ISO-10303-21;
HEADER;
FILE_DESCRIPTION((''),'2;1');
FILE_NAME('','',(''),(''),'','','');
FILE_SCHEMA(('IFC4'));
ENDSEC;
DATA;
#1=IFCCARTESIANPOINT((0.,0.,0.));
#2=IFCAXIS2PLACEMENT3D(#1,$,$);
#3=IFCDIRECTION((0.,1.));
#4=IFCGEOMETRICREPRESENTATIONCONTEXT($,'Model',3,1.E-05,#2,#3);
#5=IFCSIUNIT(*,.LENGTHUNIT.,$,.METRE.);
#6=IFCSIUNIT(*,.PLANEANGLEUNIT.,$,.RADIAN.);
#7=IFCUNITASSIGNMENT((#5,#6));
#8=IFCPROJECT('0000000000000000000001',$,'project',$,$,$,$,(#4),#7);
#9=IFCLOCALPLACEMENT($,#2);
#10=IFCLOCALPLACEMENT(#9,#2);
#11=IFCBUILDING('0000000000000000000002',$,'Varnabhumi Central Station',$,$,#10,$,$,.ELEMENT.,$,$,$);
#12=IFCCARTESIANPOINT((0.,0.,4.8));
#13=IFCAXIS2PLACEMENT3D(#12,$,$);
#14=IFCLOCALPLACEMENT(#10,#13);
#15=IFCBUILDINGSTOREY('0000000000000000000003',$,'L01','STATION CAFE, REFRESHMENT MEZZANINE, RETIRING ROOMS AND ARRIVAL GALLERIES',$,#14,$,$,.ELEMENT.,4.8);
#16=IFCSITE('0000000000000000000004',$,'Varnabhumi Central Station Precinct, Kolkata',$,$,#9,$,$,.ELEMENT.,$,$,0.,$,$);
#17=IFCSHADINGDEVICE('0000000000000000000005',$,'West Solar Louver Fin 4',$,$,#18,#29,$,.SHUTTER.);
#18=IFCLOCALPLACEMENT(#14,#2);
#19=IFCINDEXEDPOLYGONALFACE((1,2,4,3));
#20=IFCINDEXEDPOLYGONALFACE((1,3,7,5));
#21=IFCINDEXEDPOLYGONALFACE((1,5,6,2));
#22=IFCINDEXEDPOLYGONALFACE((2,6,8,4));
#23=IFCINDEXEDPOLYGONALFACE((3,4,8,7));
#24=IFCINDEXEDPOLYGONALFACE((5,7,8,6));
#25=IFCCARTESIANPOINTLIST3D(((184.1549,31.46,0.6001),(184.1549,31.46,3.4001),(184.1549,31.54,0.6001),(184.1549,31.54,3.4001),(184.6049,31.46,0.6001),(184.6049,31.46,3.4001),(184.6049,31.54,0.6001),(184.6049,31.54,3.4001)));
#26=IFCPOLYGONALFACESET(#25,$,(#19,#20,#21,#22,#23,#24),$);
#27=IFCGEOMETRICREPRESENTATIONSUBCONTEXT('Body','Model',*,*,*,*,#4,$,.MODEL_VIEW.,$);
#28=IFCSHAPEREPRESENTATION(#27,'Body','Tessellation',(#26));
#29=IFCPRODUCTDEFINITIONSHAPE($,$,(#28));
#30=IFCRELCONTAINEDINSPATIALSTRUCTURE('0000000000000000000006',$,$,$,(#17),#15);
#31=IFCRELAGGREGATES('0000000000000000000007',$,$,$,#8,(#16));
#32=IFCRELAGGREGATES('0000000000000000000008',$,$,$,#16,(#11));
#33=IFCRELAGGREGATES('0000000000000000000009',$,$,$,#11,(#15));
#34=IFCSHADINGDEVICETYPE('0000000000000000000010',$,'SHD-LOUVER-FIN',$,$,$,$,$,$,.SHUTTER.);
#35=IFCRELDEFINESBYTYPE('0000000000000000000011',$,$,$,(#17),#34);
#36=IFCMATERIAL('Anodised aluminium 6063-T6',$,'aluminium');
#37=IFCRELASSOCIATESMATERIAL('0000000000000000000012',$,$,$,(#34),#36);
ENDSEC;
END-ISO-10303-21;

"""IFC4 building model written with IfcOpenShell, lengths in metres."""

from ifc_helpers import new_model, si_unit, direction, frame, origin, origin_2d, place, context, subcontext, project, spatial, rectangle, extrude, material, type_object, element, save


model = new_model("IFC4")

# Units and contexts
model_context = context("Model", 3, precision=1e-05, world=origin(), true_north=direction((0.0, 1.0)))
body_context = subcontext(model_context, "Body", "Model", "MODEL_VIEW")
ifc_project = project(units=[si_unit("LENGTHUNIT", "METRE"), si_unit("PLANEANGLEUNIT", "RADIAN")], contexts=[model_context])

# Site, building, storey
site_placement = place(None, origin())
site = spatial("IfcSite", under=ifc_project, at=site_placement, Name="Varnabhumi Central Station Precinct, Kolkata", CompositionType="ELEMENT", RefElevation=0.0)
building_placement = place(site_placement, origin())
building = spatial("IfcBuilding", under=site, at=building_placement, Name="Varnabhumi Central Station", CompositionType="ELEMENT")
storey_placement = place(building_placement, frame((0.0, 0.0, 4.8)))
storey = spatial("IfcBuildingStorey", under=building, at=storey_placement, Name="L01", Description="STATION CAFE, REFRESHMENT MEZZANINE, RETIRING ROOMS AND ARRIVAL GALLERIES", CompositionType="ELEMENT", Elevation=4.8)

# Shared definitions
ifc_material_1 = material(Name="Anodised aluminium 6063-T6", Category="aluminium")

# Shading device
shading_device_type = type_object("IfcShadingDeviceType", Name="SHD-LOUVER-FIN", PredefinedType="SHUTTER", material=ifc_material_1)
shading_device_placement = place(storey_placement, frame((184.3799, 31.5, 0.6001), z_axis=(0.0, 0.0, 1.0), x_axis=(1.0, 0.0, 0.0)))
element("IfcShadingDevice", 1, at=shading_device_placement, inside=storey, type_object=shading_device_type, Name="West Solar Louver Fin 4", PredefinedType="SHUTTER", context=body_context, shape_type="SweptSolid", body=[
    extrude(rectangle(XDim=0.45, YDim=0.0801, at=origin_2d()), origin(), (0.0, 0.0, 1.0), 2.8),
])

save(model, "model.ifc")
